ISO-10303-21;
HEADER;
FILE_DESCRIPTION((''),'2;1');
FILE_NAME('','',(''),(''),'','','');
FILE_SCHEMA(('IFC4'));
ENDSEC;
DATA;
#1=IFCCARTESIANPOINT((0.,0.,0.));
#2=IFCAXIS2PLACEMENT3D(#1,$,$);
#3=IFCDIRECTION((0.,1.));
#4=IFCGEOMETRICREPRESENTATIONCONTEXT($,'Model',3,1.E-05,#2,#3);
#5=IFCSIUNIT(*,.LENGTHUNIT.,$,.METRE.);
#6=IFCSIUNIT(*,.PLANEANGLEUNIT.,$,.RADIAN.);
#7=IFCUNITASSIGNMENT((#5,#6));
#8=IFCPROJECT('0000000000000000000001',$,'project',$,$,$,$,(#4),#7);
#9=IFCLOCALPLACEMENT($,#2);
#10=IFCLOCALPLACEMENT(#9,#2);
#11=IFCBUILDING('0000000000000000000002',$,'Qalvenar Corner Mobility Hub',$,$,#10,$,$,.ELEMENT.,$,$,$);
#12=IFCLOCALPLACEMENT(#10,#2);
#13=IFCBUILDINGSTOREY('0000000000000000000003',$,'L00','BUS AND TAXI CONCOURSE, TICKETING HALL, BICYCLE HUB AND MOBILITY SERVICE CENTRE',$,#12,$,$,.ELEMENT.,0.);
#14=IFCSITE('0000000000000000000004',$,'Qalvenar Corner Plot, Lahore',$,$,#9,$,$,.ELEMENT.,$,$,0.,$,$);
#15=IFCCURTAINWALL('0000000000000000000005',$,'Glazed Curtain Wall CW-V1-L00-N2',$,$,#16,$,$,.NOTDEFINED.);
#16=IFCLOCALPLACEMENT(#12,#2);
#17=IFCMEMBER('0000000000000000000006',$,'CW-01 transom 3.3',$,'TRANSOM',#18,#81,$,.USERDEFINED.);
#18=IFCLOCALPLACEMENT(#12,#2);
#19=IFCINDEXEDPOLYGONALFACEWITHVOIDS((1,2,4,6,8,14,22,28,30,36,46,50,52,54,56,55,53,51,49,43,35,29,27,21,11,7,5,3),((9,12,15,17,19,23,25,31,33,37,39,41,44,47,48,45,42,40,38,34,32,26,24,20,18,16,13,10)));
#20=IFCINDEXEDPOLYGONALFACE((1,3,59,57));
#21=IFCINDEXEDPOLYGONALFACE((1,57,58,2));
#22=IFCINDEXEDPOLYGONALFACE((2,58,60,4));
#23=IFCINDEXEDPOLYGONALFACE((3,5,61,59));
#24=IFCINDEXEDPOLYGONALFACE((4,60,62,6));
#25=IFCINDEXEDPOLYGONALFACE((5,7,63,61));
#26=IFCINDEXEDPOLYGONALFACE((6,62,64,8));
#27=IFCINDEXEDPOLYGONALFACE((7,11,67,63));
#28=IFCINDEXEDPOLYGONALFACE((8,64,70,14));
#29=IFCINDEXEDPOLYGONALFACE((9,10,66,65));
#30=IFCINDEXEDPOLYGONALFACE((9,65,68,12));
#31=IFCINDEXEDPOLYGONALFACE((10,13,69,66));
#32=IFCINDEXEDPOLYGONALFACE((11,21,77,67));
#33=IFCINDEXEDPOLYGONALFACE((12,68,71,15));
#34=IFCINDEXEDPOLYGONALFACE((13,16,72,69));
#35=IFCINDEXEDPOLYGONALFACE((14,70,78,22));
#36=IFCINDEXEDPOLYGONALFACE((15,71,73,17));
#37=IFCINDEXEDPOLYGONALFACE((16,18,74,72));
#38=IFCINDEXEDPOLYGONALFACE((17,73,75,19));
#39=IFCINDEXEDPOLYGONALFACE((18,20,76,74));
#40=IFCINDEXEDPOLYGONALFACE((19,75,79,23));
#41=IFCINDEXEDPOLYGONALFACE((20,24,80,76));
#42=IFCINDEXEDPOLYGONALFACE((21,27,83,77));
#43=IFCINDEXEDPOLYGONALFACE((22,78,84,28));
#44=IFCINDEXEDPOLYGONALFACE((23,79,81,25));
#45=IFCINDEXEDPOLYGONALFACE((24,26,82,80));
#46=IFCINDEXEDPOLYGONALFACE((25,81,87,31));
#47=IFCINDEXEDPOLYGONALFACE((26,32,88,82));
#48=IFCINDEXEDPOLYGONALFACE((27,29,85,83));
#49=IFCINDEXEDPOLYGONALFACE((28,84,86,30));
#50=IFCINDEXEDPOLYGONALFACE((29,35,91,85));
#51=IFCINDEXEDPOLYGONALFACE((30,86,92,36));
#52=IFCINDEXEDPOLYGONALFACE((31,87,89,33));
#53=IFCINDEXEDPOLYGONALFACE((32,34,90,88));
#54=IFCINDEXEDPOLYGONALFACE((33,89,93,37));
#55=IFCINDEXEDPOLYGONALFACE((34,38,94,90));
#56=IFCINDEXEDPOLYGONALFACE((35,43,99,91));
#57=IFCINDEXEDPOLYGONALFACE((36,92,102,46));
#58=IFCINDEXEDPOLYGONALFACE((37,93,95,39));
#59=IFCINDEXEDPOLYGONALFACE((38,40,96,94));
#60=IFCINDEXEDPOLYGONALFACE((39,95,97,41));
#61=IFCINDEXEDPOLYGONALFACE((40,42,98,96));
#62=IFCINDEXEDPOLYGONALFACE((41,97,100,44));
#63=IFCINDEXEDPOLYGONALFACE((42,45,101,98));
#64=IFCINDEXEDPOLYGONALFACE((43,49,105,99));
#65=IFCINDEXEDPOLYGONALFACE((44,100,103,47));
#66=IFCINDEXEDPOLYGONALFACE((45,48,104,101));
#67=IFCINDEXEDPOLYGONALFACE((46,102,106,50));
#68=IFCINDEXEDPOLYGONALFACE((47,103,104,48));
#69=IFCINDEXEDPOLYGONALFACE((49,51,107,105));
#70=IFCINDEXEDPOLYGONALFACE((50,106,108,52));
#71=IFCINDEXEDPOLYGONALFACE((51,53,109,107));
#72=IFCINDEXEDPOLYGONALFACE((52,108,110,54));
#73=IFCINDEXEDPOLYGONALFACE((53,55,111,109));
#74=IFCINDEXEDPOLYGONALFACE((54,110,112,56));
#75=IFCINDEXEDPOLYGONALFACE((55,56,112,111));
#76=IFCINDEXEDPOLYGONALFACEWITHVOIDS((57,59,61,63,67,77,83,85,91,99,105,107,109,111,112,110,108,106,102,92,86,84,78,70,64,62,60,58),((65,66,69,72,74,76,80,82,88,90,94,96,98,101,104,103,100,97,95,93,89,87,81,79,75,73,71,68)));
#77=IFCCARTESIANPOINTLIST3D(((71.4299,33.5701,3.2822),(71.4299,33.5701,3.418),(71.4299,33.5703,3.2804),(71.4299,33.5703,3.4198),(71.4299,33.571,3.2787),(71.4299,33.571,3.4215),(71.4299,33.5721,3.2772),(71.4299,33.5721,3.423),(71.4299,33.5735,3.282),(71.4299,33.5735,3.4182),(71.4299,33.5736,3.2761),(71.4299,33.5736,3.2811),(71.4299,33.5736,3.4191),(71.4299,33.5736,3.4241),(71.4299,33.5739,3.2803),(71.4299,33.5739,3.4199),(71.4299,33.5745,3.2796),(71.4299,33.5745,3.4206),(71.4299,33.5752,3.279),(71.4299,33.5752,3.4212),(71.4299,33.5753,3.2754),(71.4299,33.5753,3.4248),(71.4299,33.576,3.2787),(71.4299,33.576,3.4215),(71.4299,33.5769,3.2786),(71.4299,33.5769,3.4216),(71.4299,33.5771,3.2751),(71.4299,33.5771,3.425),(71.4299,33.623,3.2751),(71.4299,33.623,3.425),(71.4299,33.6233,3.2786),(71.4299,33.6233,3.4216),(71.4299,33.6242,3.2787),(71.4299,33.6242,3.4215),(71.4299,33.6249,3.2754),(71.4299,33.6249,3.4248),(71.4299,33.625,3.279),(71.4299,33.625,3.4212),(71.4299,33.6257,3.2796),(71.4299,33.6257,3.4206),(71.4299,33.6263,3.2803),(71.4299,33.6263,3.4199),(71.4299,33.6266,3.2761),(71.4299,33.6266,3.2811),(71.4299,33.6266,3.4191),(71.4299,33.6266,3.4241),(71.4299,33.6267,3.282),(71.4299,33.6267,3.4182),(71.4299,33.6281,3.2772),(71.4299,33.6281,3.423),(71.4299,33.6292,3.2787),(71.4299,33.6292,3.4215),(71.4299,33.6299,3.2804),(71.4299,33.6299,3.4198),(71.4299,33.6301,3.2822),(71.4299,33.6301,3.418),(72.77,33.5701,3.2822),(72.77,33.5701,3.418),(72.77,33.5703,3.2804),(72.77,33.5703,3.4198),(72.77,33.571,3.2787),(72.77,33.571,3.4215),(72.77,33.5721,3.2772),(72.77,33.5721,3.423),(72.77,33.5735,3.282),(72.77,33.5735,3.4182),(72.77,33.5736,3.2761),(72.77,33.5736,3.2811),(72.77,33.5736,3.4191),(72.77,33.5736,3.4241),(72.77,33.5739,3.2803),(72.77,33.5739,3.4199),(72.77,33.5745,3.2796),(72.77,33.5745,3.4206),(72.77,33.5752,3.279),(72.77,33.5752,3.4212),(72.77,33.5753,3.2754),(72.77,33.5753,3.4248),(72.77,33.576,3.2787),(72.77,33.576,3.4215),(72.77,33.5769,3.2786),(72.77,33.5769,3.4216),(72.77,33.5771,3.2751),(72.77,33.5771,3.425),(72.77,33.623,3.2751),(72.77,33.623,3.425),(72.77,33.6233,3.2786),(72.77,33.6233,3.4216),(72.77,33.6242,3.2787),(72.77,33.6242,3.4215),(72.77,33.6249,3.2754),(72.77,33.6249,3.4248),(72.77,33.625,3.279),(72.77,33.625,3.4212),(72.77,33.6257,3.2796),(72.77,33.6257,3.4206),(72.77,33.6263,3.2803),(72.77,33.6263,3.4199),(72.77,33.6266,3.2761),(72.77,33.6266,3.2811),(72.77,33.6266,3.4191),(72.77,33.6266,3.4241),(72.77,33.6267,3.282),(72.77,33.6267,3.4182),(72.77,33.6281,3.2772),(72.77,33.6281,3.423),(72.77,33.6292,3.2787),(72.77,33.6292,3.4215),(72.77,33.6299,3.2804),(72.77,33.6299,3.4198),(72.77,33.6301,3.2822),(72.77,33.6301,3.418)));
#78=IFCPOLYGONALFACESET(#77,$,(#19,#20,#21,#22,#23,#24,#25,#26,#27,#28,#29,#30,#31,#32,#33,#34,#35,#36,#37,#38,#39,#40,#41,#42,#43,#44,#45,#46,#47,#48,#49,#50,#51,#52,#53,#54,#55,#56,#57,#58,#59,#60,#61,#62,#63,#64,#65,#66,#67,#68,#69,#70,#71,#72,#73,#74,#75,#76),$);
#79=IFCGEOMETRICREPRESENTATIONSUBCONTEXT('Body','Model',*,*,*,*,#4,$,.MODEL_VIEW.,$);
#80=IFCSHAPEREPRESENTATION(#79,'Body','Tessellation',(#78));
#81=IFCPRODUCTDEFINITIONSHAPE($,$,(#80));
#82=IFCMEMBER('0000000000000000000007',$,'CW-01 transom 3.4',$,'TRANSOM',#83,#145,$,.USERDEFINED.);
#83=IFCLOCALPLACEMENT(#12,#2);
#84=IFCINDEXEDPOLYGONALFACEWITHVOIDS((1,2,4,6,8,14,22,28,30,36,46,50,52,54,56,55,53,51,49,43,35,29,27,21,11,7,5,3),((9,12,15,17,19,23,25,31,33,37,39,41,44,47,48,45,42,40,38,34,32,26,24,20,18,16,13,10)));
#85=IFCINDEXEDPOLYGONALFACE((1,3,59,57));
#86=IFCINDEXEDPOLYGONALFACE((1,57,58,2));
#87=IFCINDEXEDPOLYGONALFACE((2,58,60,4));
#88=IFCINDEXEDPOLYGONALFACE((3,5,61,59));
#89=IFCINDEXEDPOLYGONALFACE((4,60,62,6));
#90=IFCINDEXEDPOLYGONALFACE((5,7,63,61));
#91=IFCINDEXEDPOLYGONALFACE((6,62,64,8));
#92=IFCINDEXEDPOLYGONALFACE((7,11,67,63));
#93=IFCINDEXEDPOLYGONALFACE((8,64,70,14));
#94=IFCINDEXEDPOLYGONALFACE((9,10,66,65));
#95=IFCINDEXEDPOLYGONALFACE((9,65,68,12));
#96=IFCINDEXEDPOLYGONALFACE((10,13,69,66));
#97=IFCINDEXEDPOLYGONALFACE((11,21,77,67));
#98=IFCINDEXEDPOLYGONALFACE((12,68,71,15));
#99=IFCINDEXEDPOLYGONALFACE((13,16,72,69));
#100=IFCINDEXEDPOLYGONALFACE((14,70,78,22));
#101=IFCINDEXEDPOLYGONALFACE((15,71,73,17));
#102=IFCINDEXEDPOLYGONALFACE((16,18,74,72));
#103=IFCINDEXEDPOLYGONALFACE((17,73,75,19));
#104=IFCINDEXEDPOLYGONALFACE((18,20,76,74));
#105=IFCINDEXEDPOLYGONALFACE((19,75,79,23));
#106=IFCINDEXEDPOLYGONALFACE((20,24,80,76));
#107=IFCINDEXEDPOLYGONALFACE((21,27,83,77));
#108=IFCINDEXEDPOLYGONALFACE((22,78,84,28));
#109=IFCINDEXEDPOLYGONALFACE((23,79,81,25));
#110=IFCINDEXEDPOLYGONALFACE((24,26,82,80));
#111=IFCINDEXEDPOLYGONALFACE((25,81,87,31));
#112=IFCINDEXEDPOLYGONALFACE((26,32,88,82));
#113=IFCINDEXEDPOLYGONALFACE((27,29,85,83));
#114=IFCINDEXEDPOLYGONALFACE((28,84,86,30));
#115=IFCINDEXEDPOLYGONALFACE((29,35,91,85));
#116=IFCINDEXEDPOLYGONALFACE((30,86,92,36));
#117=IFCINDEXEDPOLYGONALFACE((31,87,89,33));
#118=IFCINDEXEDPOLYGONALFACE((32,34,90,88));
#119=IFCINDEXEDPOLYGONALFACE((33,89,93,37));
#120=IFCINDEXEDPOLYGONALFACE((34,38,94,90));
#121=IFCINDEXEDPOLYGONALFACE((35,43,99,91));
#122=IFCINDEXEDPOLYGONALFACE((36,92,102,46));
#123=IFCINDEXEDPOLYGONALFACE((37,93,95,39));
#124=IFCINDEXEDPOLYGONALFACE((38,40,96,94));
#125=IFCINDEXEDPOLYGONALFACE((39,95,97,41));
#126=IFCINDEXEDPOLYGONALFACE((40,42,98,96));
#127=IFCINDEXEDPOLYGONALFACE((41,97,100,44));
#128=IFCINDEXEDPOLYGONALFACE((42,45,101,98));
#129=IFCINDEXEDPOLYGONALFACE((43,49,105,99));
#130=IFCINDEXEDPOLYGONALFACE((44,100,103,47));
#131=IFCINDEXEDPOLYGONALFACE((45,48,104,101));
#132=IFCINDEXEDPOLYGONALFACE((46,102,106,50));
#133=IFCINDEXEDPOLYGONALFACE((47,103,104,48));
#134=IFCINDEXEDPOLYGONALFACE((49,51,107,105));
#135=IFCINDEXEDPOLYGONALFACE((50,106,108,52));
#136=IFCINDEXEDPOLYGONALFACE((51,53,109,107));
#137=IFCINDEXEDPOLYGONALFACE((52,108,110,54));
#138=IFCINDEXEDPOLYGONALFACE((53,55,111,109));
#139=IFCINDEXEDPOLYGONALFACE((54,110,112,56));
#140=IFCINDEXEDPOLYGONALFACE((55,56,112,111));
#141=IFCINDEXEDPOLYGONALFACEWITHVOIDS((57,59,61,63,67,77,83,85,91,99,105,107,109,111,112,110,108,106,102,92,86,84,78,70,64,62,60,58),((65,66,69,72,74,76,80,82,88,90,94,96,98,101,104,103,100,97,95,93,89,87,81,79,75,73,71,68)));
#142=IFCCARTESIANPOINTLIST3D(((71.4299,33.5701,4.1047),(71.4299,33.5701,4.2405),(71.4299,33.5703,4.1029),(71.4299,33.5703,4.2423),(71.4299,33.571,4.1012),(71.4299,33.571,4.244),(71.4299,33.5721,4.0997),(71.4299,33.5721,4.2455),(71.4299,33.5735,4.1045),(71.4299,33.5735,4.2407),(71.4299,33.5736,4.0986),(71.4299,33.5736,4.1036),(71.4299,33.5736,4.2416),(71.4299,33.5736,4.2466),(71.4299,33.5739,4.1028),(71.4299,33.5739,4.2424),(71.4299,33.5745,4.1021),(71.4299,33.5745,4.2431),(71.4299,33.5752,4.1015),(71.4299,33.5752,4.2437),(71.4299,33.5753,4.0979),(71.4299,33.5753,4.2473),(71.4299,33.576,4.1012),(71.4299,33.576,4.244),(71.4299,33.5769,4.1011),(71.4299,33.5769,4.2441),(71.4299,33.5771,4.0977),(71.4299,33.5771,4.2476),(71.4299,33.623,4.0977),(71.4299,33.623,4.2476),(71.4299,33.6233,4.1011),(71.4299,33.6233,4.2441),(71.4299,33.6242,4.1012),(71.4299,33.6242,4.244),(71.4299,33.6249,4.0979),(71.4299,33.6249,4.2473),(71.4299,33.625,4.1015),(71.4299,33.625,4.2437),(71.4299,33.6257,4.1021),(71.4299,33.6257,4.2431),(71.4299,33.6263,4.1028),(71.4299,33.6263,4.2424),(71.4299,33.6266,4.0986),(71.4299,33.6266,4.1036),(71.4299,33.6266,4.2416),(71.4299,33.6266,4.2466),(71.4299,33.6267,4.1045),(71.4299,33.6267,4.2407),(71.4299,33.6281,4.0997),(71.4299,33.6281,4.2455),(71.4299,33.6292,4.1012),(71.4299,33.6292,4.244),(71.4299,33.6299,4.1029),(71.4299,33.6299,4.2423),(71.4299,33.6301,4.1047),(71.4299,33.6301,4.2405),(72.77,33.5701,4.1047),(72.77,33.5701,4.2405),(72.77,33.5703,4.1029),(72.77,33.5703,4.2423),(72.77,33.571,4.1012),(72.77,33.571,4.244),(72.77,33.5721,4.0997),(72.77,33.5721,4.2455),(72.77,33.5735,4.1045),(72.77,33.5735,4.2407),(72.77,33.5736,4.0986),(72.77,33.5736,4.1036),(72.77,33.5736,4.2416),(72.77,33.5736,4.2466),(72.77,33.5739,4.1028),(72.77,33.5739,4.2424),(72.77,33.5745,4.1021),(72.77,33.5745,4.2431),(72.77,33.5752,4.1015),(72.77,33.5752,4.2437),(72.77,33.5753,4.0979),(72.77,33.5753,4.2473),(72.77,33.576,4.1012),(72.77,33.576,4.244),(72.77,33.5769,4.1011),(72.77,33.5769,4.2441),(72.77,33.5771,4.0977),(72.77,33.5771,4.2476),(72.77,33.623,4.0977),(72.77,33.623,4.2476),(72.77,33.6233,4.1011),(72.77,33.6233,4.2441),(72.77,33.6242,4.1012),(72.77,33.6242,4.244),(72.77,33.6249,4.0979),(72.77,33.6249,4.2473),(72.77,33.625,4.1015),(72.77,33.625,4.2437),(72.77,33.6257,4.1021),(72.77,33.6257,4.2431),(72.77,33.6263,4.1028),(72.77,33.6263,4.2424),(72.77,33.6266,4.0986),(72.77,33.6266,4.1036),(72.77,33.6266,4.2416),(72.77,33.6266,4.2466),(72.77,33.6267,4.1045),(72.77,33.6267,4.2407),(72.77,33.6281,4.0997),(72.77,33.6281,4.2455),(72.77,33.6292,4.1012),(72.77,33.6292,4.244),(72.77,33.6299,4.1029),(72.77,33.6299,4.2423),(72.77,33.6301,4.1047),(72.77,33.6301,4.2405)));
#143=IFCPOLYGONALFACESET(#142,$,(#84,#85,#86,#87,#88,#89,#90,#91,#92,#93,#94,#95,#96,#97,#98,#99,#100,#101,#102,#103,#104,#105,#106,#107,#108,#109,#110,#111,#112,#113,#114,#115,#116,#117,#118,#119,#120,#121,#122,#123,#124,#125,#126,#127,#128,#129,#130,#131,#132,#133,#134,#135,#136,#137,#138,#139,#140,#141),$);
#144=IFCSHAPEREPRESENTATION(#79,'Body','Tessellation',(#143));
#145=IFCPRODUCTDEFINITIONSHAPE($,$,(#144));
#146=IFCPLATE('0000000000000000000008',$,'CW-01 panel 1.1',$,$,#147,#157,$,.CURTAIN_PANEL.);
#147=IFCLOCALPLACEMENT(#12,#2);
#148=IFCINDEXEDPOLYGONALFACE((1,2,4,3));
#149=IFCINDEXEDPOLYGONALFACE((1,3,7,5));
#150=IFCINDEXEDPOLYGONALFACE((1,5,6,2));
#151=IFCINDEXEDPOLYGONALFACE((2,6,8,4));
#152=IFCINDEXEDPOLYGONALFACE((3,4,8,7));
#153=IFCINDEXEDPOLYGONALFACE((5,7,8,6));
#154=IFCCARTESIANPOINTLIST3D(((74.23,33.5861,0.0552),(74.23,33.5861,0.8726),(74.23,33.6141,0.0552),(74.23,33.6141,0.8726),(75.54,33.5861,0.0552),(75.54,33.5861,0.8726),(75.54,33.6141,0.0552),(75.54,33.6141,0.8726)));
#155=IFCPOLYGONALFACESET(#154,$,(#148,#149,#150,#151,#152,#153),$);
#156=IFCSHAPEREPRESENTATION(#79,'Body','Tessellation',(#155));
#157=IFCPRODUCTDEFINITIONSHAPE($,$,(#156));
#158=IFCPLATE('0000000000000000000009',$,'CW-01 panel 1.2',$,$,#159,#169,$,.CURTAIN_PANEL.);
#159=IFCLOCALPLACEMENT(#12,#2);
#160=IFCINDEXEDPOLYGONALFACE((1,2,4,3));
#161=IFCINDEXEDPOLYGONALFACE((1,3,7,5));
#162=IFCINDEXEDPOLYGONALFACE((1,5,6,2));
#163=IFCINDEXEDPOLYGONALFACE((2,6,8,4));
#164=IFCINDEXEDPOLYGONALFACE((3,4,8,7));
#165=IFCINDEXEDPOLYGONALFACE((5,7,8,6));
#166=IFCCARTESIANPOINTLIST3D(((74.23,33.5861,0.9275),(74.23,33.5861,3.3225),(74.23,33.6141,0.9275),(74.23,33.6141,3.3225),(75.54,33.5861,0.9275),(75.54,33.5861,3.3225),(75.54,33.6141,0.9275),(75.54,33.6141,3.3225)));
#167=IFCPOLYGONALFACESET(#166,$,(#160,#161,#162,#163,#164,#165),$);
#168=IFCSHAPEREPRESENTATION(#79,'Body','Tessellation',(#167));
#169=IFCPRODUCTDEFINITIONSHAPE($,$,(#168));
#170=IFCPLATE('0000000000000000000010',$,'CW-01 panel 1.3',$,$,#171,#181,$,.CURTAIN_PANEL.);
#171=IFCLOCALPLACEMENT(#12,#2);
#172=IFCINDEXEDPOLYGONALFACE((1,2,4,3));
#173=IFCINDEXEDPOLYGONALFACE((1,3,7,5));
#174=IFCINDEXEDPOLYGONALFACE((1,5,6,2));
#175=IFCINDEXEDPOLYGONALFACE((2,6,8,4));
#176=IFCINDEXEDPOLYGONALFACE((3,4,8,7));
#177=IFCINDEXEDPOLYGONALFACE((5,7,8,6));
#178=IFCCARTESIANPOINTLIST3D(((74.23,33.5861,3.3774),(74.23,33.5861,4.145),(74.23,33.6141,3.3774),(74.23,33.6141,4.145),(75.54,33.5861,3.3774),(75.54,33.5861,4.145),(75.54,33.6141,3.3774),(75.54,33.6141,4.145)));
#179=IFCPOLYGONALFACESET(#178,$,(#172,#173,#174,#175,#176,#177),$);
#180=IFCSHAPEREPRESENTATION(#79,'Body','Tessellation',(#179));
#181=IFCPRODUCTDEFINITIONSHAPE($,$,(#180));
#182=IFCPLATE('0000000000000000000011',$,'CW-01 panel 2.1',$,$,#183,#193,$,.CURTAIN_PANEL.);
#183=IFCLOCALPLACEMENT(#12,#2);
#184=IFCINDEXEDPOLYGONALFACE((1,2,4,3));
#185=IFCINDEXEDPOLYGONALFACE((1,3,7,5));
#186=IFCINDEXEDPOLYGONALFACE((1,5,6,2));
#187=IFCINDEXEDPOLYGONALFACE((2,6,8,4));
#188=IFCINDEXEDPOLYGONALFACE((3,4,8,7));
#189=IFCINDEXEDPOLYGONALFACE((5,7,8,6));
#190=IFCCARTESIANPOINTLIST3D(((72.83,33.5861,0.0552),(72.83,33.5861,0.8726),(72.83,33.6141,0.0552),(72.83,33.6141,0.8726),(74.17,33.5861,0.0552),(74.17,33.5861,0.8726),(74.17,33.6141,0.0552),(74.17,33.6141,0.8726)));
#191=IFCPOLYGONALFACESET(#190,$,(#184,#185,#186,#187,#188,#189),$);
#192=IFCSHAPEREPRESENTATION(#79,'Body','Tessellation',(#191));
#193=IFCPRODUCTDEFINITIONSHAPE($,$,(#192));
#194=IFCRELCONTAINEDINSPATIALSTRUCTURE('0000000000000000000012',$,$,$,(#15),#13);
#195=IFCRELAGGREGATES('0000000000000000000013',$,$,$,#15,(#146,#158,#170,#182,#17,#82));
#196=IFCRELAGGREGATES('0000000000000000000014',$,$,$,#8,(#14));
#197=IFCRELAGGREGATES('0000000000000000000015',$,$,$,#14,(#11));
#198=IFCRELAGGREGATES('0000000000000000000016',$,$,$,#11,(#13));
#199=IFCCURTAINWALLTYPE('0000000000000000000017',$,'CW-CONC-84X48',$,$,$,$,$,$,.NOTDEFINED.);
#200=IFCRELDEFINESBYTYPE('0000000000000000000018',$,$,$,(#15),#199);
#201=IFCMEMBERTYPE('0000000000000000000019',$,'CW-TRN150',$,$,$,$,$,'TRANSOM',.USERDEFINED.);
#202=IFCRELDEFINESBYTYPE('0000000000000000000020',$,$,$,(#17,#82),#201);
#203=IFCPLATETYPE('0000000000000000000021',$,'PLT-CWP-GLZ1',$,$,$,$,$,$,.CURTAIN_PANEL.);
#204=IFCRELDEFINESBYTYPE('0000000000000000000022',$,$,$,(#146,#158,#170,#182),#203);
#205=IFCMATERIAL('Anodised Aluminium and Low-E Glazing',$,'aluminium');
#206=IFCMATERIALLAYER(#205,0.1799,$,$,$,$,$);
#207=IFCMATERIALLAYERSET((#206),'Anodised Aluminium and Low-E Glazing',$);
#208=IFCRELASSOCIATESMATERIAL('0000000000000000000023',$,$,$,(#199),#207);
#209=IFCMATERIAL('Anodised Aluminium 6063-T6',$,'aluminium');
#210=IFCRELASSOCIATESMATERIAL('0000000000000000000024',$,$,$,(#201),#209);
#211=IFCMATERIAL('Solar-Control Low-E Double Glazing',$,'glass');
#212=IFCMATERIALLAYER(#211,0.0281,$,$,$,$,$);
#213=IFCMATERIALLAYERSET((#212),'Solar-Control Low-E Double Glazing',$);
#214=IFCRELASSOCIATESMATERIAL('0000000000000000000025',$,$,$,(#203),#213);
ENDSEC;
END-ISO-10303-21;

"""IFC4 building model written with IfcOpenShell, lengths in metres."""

from ifc_helpers import new_model, si_unit, direction, frame, origin, origin_2d, place, context, subcontext, project, spatial, rectangle, hollow_rectangle, extrude, material, layer, layer_set, material_profile, profile_set, type_object, element, aggregate, save


model = new_model("IFC4")

# Units and contexts
model_context = context("Model", 3, precision=1e-05, world=origin(), true_north=direction((0.0, 1.0)))
body_context = subcontext(model_context, "Body", "Model", "MODEL_VIEW")
ifc_project = project(units=[si_unit("LENGTHUNIT", "METRE"), si_unit("PLANEANGLEUNIT", "RADIAN")], contexts=[model_context])

# Site, building, storey
site_placement = place(None, origin())
site = spatial("IfcSite", under=ifc_project, at=site_placement, Name="Qalvenar Corner Plot, Lahore", CompositionType="ELEMENT", RefElevation=0.0)
building_placement = place(site_placement, origin())
building = spatial("IfcBuilding", under=site, at=building_placement, Name="Qalvenar Corner Mobility Hub", CompositionType="ELEMENT")
storey_placement = place(building_placement, origin())
storey = spatial("IfcBuildingStorey", under=building, at=storey_placement, Name="L00", Description="BUS AND TAXI CONCOURSE, TICKETING HALL, BICYCLE HUB AND MOBILITY SERVICE CENTRE", CompositionType="ELEMENT", Elevation=0.0)

# Curtain wall, members, plates
ifc_material_1 = material(Name="Anodised Aluminium and Low-E Glazing", Category="aluminium")
ifc_layer_1 = layer(ifc_material_1, 0.1799)
ifc_layer_set_1 = layer_set([ifc_layer_1], Name="Anodised Aluminium and Low-E Glazing")
curtain_wall_type = type_object("IfcCurtainWallType", Name="CW-CONC-84X48", PredefinedType="NOTDEFINED", material=ifc_layer_set_1)
curtain_wall_placement = place(storey_placement, origin())
curtain_wall = element("IfcCurtainWall", 1, at=curtain_wall_placement, inside=storey, type_object=curtain_wall_type, Name="Glazed Curtain Wall CW-V1-L00-N2", PredefinedType="NOTDEFINED")
ifc_material_2 = material(Name="Anodised Aluminium 6063-T6", Category="aluminium")
ifc_material_profile_1 = material_profile(ifc_material_2, hollow_rectangle(XDim=0.0601, YDim=0.1499, WallThickness=0.0034, InnerFilletRadius=0.0034, OuterFilletRadius=0.0071, at=origin_2d()), Name="RHS150x60x3.5")
ifc_profile_set_1 = profile_set([ifc_material_profile_1], Name="Anodised Aluminium 6063-T6")
member_type_1 = type_object("IfcMemberType", Name="CW-TRN150", ElementType="TRANSOM", PredefinedType="USERDEFINED", material=ifc_profile_set_1)
member_1_placement = place(storey_placement, frame((72.77, 33.6001, 3.3501), z_axis=(-1.0, 0.0, 0.0), x_axis=(0.0, -1.0, 0.0)))
member_1 = element("IfcMember", 2, at=member_1_placement, type_object=member_type_1, Name="CW-01 transom 3.3", ObjectType="TRANSOM", PredefinedType="USERDEFINED", context=body_context, shape_type="SweptSolid", body=[
    extrude(hollow_rectangle(XDim=0.0601, YDim=0.1499, WallThickness=0.0034, InnerFilletRadius=0.0034, OuterFilletRadius=0.0071, at=origin_2d()), origin(), (0.0, 0.0, 1.0), 1.3401),
])
member_2_placement = place(storey_placement, frame((72.77, 33.6001, 4.1726), z_axis=(-1.0, 0.0, 0.0), x_axis=(0.0, -1.0, 0.0)))
member_2 = element("IfcMember", 3, at=member_2_placement, type_object=member_type_1, Name="CW-01 transom 3.4", ObjectType="TRANSOM", PredefinedType="USERDEFINED", context=body_context, shape_type="SweptSolid", body=[
    extrude(hollow_rectangle(XDim=0.0601, YDim=0.1499, WallThickness=0.0034, InnerFilletRadius=0.0034, OuterFilletRadius=0.0071, at=origin_2d()), origin(), (0.0, 0.0, 1.0), 1.3401),
])
ifc_material_3 = material(Name="Solar-Control Low-E Double Glazing", Category="glass")
ifc_layer_2 = layer(ifc_material_3, 0.0281)
ifc_layer_set_2 = layer_set([ifc_layer_2], Name="Solar-Control Low-E Double Glazing")
plate_type = type_object("IfcPlateType", Name="PLT-CWP-GLZ1", PredefinedType="CURTAIN_PANEL", material=ifc_layer_set_2)
plate_1_placement = place(storey_placement, frame((74.885, 33.6001, 0.0552), z_axis=(0.0, 0.0, 1.0), x_axis=(-1.0, 0.0, 0.0)))
plate_1 = element("IfcPlate", 4, at=plate_1_placement, type_object=plate_type, Name="CW-01 panel 1.1", PredefinedType="CURTAIN_PANEL", context=body_context, shape_type="SweptSolid", body=[
    extrude(rectangle(XDim=1.3101, YDim=0.0281, at=origin_2d()), origin(), (0.0, 0.0, 1.0), 0.8174),
])
plate_2_placement = place(storey_placement, frame((74.885, 33.6001, 0.9275), z_axis=(0.0, 0.0, 1.0), x_axis=(-1.0, 0.0, 0.0)))
plate_2 = element("IfcPlate", 5, at=plate_2_placement, type_object=plate_type, Name="CW-01 panel 1.2", PredefinedType="CURTAIN_PANEL", context=body_context, shape_type="SweptSolid", body=[
    extrude(rectangle(XDim=1.3101, YDim=0.0281, at=origin_2d()), origin(), (0.0, 0.0, 1.0), 2.395),
])
plate_3_placement = place(storey_placement, frame((74.885, 33.6001, 3.3774), z_axis=(0.0, 0.0, 1.0), x_axis=(-1.0, 0.0, 0.0)))
plate_3 = element("IfcPlate", 6, at=plate_3_placement, type_object=plate_type, Name="CW-01 panel 1.3", PredefinedType="CURTAIN_PANEL", context=body_context, shape_type="SweptSolid", body=[
    extrude(rectangle(XDim=1.3101, YDim=0.0281, at=origin_2d()), origin(), (0.0, 0.0, 1.0), 0.7676),
])
plate_4_placement = place(storey_placement, frame((73.5, 33.6001, 0.0552), z_axis=(0.0, 0.0, 1.0), x_axis=(-1.0, 0.0, 0.0)))
plate_4 = element("IfcPlate", 7, at=plate_4_placement, type_object=plate_type, Name="CW-01 panel 2.1", PredefinedType="CURTAIN_PANEL", context=body_context, shape_type="SweptSolid", body=[
    extrude(rectangle(XDim=1.3401, YDim=0.0281, at=origin_2d()), origin(), (0.0, 0.0, 1.0), 0.8174),
])
aggregate(curtain_wall, [plate_1, plate_2, plate_3, plate_4, member_1, member_2])

save(model, "model.ifc")
